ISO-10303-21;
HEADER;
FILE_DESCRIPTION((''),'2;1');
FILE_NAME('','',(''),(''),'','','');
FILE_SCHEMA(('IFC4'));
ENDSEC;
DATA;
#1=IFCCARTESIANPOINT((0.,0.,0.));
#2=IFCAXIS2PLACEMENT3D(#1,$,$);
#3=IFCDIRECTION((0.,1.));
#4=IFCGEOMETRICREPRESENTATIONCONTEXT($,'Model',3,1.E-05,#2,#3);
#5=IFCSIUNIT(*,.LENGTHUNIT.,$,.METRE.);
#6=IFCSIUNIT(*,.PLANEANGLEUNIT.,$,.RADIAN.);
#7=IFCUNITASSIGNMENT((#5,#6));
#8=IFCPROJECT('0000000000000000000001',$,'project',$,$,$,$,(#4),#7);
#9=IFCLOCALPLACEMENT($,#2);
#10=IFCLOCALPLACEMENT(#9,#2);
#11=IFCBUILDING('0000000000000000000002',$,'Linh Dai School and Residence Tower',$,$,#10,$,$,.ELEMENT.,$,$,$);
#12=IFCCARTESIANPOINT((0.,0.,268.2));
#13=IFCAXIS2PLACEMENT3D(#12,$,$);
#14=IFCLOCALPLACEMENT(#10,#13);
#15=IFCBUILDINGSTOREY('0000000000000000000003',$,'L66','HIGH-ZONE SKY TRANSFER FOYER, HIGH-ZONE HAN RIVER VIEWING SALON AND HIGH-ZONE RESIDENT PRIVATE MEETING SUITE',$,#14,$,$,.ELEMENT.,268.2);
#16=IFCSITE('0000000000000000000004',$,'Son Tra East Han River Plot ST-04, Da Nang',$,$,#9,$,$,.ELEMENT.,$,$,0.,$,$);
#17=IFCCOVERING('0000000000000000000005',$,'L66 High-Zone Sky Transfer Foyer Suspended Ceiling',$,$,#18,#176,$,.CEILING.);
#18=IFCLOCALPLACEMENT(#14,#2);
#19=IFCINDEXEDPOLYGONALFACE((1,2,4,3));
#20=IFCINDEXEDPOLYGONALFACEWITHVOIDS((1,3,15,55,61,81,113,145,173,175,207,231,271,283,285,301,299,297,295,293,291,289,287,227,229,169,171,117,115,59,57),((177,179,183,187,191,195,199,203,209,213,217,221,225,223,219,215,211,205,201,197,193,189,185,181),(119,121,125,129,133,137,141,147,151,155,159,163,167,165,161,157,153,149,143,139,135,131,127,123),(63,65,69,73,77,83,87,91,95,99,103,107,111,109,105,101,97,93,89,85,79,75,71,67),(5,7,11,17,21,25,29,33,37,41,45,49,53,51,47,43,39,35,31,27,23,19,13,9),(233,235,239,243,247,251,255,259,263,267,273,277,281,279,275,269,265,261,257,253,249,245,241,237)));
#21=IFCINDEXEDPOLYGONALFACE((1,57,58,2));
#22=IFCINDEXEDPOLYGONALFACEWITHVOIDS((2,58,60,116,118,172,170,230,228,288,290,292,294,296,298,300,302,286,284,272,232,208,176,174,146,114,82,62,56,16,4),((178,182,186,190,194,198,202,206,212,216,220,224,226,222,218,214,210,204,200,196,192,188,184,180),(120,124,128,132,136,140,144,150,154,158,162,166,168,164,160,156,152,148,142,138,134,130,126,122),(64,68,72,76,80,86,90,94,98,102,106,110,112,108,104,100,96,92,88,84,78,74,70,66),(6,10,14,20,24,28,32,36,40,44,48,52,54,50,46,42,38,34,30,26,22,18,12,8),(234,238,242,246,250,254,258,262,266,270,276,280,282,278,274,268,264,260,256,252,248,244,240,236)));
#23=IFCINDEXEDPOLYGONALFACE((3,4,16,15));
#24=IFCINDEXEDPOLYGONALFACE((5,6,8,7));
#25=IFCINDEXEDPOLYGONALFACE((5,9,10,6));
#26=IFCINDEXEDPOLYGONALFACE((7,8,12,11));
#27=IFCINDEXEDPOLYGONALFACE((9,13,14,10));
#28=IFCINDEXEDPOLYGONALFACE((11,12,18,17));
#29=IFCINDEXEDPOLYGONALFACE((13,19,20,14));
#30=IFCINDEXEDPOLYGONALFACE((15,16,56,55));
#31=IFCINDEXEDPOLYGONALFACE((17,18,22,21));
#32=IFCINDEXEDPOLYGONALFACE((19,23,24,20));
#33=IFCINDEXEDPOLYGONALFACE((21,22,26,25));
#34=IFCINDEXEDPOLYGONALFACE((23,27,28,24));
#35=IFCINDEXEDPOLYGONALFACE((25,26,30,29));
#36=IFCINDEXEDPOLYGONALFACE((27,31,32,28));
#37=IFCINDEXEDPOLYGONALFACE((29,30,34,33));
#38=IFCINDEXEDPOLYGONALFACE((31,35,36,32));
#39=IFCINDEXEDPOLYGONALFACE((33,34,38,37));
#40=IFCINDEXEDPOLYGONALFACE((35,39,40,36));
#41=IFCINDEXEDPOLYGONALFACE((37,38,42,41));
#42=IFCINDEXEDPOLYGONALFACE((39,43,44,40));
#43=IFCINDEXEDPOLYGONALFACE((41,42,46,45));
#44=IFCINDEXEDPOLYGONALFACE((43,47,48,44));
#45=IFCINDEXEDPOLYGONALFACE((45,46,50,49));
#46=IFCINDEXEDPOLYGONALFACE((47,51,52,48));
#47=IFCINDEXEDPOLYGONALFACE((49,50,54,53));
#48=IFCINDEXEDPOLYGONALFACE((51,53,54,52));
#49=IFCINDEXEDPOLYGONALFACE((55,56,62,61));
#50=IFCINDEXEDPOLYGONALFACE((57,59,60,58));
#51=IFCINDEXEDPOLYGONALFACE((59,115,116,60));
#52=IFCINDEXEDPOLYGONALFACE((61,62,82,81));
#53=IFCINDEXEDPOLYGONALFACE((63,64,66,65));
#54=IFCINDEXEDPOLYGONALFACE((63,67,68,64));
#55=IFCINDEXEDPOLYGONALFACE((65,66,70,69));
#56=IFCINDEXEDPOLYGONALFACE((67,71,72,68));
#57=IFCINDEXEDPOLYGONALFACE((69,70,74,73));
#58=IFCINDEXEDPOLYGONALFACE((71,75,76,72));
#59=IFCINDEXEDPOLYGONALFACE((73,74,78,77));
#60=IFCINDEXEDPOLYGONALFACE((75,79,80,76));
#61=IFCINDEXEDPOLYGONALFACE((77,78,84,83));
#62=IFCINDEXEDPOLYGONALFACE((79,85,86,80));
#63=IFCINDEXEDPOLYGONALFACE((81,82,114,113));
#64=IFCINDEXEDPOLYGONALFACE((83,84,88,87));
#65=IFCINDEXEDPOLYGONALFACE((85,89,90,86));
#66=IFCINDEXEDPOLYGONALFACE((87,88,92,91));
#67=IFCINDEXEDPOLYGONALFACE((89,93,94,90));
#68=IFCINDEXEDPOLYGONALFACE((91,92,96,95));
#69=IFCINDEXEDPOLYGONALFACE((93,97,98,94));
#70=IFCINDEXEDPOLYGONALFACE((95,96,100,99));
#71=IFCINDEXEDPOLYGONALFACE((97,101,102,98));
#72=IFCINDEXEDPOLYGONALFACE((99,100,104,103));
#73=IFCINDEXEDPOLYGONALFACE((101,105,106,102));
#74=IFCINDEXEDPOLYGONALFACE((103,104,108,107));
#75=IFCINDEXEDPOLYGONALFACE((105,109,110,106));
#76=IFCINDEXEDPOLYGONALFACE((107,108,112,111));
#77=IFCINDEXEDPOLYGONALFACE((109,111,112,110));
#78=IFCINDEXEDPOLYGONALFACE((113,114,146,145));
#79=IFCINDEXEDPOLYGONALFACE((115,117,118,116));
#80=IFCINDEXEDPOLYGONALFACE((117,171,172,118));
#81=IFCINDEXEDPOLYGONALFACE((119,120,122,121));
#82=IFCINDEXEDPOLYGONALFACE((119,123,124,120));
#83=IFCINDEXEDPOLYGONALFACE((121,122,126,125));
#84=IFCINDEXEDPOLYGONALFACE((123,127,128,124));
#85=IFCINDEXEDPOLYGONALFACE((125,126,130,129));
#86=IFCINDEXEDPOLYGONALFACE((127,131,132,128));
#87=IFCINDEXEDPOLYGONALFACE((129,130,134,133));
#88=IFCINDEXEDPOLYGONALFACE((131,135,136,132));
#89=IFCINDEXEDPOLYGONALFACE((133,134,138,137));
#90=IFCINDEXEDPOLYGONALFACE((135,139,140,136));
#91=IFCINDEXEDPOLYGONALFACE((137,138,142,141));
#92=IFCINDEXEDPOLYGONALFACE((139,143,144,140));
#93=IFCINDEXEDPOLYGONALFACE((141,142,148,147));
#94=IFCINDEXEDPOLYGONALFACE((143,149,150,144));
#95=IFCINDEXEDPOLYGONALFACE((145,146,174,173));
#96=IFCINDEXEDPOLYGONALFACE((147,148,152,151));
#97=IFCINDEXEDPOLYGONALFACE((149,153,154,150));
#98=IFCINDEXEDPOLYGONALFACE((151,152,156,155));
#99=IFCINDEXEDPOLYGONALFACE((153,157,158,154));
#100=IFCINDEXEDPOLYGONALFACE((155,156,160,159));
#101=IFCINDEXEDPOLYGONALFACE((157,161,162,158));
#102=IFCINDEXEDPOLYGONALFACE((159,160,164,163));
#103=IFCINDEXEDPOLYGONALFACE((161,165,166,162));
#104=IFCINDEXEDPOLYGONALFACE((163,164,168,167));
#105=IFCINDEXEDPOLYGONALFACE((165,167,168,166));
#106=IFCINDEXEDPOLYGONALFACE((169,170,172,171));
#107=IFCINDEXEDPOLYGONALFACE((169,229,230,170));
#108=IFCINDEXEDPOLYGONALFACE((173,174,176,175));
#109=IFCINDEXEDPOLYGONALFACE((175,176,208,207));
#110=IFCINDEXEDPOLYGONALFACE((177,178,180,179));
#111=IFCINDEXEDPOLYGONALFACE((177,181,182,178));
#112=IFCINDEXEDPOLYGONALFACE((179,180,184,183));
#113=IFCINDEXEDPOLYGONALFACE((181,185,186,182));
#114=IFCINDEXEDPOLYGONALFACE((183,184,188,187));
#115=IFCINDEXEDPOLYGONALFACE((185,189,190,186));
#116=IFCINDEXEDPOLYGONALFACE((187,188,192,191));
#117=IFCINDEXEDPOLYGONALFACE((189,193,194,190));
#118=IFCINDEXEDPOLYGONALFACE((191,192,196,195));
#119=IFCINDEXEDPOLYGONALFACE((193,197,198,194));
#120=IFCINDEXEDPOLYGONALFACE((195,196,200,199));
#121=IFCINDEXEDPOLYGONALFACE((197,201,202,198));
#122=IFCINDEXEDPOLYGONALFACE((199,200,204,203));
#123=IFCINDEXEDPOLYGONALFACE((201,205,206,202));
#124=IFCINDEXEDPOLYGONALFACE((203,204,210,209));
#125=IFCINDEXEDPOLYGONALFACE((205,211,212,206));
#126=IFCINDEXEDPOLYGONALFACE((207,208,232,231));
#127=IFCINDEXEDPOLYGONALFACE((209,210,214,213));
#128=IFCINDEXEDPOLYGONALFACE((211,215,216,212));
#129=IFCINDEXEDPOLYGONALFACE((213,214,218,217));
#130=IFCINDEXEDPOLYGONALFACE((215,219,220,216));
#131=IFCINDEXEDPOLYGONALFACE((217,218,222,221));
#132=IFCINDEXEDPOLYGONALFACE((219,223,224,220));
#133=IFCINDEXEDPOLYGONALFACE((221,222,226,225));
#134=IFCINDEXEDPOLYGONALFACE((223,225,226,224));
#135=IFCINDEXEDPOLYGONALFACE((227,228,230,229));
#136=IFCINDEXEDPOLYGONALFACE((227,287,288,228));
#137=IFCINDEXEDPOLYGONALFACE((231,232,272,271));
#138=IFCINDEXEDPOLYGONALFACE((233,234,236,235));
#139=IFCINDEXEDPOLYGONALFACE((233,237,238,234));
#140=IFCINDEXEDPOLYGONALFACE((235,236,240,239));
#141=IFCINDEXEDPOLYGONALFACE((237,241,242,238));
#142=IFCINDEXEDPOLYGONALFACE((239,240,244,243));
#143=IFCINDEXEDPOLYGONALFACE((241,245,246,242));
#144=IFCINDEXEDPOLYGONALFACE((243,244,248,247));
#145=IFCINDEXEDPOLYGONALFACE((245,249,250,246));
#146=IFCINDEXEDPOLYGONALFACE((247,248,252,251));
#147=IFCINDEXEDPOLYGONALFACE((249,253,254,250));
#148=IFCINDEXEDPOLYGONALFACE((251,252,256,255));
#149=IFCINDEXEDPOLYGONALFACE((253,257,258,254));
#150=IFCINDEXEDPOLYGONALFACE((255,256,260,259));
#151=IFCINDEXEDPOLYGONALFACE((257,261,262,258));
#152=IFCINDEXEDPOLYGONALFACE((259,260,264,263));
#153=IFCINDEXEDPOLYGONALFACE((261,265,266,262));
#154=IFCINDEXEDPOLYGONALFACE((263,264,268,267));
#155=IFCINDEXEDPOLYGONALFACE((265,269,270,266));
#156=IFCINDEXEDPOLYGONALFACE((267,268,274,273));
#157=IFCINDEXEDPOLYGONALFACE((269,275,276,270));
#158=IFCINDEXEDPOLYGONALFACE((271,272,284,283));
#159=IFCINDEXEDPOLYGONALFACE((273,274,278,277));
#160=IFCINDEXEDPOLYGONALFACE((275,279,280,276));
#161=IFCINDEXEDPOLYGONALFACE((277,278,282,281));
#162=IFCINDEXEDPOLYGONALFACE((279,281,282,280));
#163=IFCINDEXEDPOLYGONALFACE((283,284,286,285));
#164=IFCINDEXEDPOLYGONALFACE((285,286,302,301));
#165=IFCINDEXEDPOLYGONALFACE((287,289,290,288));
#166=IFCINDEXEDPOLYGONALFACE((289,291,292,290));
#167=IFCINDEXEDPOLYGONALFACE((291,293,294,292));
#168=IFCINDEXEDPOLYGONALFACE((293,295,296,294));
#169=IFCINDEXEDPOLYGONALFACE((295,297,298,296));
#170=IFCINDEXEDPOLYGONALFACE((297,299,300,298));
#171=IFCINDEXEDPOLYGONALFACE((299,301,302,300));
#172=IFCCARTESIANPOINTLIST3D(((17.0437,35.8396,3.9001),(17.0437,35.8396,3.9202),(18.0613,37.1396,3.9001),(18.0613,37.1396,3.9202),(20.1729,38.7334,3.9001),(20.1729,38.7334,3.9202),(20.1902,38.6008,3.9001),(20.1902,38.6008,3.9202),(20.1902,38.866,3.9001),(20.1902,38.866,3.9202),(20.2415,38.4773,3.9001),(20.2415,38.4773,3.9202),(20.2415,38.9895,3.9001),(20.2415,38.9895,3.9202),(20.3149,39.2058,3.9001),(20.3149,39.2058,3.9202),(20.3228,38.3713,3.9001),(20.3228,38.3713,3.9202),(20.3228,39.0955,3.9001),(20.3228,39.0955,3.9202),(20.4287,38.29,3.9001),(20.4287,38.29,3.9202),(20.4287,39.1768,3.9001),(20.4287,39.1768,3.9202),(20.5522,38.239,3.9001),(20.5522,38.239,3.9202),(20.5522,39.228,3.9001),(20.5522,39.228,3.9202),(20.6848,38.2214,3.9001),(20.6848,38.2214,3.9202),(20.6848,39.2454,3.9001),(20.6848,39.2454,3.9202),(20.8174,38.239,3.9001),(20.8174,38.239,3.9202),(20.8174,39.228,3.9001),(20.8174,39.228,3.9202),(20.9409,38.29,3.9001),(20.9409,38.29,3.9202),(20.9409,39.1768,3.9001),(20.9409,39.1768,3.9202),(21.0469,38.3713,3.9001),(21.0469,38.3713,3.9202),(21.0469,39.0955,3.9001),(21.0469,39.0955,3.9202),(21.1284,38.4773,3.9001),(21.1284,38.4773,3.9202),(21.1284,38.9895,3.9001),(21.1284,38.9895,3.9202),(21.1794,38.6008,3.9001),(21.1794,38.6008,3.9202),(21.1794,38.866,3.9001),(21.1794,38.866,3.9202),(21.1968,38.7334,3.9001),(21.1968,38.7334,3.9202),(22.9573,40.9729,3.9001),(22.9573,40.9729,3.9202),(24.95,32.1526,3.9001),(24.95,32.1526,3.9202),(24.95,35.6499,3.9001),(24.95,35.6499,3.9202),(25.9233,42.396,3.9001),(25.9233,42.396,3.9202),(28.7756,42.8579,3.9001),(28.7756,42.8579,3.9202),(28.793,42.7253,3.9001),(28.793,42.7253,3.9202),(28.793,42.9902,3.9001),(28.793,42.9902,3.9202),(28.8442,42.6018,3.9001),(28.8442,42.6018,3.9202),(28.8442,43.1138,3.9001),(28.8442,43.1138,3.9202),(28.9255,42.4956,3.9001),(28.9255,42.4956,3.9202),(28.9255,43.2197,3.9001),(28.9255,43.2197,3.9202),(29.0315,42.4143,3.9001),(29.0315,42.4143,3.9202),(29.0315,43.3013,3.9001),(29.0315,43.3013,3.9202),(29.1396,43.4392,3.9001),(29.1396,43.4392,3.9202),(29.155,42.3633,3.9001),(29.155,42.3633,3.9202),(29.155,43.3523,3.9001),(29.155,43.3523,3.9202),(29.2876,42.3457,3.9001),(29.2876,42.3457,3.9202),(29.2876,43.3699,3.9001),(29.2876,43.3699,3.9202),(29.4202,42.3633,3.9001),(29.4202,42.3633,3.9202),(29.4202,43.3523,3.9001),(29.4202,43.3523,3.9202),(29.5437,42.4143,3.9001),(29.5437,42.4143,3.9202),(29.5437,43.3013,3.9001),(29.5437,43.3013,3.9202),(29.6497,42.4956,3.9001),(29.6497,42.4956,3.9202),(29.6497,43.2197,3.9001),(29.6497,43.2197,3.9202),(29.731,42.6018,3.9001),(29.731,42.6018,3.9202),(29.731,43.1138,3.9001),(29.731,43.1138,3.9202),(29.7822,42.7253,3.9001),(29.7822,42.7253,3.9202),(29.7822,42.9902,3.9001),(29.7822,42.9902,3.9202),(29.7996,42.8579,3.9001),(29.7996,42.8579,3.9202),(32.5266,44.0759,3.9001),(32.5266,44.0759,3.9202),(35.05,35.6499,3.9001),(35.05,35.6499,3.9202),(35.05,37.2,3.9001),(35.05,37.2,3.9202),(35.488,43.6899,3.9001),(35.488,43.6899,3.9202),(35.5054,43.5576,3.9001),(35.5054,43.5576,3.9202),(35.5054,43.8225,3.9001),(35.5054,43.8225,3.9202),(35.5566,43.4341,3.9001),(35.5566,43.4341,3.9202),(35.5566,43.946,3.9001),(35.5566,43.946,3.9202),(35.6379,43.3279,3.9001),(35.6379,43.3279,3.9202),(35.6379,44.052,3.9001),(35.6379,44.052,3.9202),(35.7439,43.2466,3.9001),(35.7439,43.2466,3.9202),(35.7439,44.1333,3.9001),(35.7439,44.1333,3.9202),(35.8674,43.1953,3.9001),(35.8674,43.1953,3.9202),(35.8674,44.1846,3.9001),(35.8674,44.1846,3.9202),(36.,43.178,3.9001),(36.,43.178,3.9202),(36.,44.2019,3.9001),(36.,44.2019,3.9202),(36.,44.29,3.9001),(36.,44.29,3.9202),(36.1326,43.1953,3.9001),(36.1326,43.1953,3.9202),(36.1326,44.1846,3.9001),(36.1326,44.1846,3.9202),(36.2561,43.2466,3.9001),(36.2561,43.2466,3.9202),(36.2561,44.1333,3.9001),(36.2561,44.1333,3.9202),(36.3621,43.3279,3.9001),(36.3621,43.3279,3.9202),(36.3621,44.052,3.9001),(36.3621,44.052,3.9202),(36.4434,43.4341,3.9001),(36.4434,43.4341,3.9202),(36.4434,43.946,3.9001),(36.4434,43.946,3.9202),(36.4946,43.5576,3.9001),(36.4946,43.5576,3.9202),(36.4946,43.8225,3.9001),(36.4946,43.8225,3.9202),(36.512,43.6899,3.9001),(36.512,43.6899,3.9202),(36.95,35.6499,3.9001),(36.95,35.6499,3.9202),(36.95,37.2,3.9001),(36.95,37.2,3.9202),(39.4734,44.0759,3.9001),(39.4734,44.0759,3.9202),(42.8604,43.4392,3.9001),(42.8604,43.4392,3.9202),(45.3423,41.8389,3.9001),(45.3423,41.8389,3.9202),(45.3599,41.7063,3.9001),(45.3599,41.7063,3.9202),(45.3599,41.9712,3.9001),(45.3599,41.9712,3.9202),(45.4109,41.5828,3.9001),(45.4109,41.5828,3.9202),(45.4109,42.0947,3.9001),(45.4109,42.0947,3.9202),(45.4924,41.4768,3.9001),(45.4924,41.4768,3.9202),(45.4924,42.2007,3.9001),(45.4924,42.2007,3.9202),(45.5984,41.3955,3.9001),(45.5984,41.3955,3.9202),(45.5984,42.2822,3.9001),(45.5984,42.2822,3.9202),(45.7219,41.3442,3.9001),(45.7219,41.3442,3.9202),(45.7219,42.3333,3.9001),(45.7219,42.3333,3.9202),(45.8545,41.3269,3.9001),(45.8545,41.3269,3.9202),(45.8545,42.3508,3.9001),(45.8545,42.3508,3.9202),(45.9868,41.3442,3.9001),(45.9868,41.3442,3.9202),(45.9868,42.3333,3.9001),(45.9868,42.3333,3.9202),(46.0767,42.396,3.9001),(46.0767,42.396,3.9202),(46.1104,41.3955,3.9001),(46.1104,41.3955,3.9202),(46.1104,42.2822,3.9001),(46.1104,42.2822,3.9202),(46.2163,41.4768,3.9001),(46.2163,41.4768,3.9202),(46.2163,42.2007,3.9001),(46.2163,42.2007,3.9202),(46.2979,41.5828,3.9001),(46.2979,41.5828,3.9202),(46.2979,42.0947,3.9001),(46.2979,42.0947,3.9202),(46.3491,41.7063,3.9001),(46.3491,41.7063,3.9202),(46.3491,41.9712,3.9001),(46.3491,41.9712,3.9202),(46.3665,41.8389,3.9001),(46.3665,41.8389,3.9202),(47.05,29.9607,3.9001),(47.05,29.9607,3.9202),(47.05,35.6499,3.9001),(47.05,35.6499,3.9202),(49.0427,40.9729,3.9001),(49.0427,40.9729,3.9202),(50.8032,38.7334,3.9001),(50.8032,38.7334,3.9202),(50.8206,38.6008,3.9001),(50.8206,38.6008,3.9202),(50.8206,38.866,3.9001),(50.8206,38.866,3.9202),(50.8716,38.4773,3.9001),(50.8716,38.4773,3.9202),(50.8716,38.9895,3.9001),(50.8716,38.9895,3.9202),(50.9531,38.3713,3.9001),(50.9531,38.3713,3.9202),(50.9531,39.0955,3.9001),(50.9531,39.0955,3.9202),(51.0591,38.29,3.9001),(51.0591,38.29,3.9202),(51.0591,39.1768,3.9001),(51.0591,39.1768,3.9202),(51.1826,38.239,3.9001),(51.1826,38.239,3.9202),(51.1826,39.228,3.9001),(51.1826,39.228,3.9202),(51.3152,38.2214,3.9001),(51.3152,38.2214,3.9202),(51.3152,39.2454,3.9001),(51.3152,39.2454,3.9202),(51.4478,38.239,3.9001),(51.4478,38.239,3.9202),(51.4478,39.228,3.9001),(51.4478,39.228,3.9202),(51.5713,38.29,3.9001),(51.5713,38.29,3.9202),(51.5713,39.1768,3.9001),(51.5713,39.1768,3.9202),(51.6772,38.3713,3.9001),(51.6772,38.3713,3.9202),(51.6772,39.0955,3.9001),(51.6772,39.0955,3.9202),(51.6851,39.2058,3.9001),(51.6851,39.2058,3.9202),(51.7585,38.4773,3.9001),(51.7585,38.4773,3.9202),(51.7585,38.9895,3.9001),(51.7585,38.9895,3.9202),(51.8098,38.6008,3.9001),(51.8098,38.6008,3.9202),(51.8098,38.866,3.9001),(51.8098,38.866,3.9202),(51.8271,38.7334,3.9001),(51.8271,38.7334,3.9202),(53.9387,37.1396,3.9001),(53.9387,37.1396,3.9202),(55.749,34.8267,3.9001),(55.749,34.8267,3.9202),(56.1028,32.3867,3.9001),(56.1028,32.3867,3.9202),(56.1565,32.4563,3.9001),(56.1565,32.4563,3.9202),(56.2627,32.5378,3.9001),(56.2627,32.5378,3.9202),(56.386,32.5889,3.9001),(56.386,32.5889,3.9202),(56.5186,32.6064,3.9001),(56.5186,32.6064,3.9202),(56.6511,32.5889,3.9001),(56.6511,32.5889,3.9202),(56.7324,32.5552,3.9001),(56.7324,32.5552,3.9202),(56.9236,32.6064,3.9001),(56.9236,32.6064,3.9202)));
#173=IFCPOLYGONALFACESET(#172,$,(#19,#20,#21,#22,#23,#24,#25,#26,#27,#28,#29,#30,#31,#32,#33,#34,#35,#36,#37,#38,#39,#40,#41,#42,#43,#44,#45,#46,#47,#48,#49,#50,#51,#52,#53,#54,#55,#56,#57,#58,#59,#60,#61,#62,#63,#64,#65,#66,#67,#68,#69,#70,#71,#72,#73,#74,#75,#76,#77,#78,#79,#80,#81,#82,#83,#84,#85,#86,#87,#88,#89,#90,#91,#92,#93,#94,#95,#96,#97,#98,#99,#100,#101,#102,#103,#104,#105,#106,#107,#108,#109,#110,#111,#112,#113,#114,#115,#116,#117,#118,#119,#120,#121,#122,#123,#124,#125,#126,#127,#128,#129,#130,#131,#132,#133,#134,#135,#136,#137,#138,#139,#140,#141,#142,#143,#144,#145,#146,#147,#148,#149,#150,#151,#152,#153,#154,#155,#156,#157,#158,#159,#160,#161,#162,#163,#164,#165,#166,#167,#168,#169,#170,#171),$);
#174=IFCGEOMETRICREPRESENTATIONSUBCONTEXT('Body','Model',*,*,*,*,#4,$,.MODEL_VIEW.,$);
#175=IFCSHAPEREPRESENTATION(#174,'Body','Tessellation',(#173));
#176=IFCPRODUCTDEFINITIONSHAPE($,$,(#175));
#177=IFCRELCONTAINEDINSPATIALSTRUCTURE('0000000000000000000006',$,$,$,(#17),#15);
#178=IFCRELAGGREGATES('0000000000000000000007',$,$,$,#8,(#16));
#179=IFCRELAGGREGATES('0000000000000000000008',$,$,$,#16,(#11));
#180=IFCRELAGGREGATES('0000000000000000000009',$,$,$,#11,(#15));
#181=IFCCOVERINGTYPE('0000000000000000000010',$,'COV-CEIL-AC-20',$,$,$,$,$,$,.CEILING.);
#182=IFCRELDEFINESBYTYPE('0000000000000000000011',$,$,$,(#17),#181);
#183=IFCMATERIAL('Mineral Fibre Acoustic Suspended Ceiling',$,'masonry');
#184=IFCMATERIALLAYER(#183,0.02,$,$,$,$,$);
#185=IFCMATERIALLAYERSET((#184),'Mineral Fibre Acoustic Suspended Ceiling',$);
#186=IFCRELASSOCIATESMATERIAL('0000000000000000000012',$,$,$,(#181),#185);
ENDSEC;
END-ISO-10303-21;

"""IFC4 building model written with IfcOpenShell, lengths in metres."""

from ifc_helpers import new_model, si_unit, direction, frame, origin, place, context, subcontext, project, spatial, polyline, outline, extrude, material, layer, layer_set, type_object, element, save


model = new_model("IFC4")

# Units and contexts
model_context = context("Model", 3, precision=1e-05, world=origin(), true_north=direction((0.0, 1.0)))
body_context = subcontext(model_context, "Body", "Model", "MODEL_VIEW")
ifc_project = project(units=[si_unit("LENGTHUNIT", "METRE"), si_unit("PLANEANGLEUNIT", "RADIAN")], contexts=[model_context])

# Site, building, storey
site_placement = place(None, origin())
site = spatial("IfcSite", under=ifc_project, at=site_placement, Name="Son Tra East Han River Plot ST-04, Da Nang", CompositionType="ELEMENT", RefElevation=0.0)
building_placement = place(site_placement, origin())
building = spatial("IfcBuilding", under=site, at=building_placement, Name="Linh Dai School and Residence Tower", CompositionType="ELEMENT")
storey_placement = place(building_placement, frame((0.0, 0.0, 268.2)))
storey = spatial("IfcBuildingStorey", under=building, at=storey_placement, Name="L66", Description="HIGH-ZONE SKY TRANSFER FOYER, HIGH-ZONE HAN RIVER VIEWING SALON AND HIGH-ZONE RESIDENT PRIVATE MEETING SUITE", CompositionType="ELEMENT", Elevation=268.2)

# Covering
ifc_material_1 = material(Name="Mineral Fibre Acoustic Suspended Ceiling", Category="masonry")
ifc_layer_1 = layer(ifc_material_1, 0.02)
ifc_layer_set_1 = layer_set([ifc_layer_1], Name="Mineral Fibre Acoustic Suspended Ceiling")
covering_type_1 = type_object("IfcCoveringType", Name="COV-CEIL-AC-20", PredefinedType="CEILING", material=ifc_layer_set_1)
covering_1_placement = place(storey_placement, frame((0.0, 0.0, 3.9001)))
element("IfcCovering", 1, at=covering_1_placement, inside=storey, type_object=covering_type_1, Name="L66 High-Zone Sky Transfer Foyer Suspended Ceiling", PredefinedType="CEILING", context=body_context, shape_type="SweptSolid", body=[
    extrude(outline(polyline([(20.3149, 39.2058), (22.9573, 40.9729), (25.9233, 42.396), (29.1396, 43.4392), (32.5266, 44.0759), (36.0, 44.29), (39.4734, 44.0759), (42.8604, 43.4392), (46.0767, 42.396), (49.0427, 40.9729), (51.6851, 39.2058), (53.9387, 37.1396), (55.749, 34.8267), (56.9236, 32.6064), (56.7324, 32.5552), (56.6511, 32.5889), (56.5186, 32.6064), (56.386, 32.5889), (56.2627, 32.5378), (56.1565, 32.4563), (56.1028, 32.3867), (47.05, 29.9607), (47.05, 35.6499), (36.95, 35.6499), (36.95, 37.2), (35.05, 37.2), (35.05, 35.6499), (24.95, 35.6499), (24.95, 32.1526), (17.0437, 35.8396), (18.0613, 37.1396), (20.3149, 39.2058)]), holes=[polyline([(51.7585, 38.4773), (51.8098, 38.6008), (51.8271, 38.7334), (51.8098, 38.866), (51.7585, 38.9895), (51.6772, 39.0955), (51.5713, 39.1768), (51.4478, 39.228), (51.3152, 39.2454), (51.1826, 39.228), (51.0591, 39.1768), (50.9531, 39.0955), (50.8716, 38.9895), (50.8206, 38.866), (50.8032, 38.7334), (50.8206, 38.6008), (50.8716, 38.4773), (50.9531, 38.3713), (51.0591, 38.29), (51.1826, 38.239), (51.3152, 38.2214), (51.4478, 38.239), (51.5713, 38.29), (51.6772, 38.3713), (51.7585, 38.4773)]), polyline([(46.2163, 41.4768), (46.2979, 41.5828), (46.3491, 41.7063), (46.3665, 41.8389), (46.3491, 41.9712), (46.2979, 42.0947), (46.2163, 42.2007), (46.1104, 42.2822), (45.9868, 42.3333), (45.8545, 42.3508), (45.7219, 42.3333), (45.5984, 42.2822), (45.4924, 42.2007), (45.4109, 42.0947), (45.3599, 41.9712), (45.3423, 41.8389), (45.3599, 41.7063), (45.4109, 41.5828), (45.4924, 41.4768), (45.5984, 41.3955), (45.7219, 41.3442), (45.8545, 41.3269), (45.9868, 41.3442), (46.1104, 41.3955), (46.2163, 41.4768)]), polyline([(36.3621, 43.3279), (36.4434, 43.4341), (36.4946, 43.5576), (36.512, 43.6899), (36.4946, 43.8225), (36.4434, 43.946), (36.3621, 44.052), (36.2561, 44.1333), (36.1326, 44.1846), (36.0, 44.2019), (35.8674, 44.1846), (35.7439, 44.1333), (35.6379, 44.052), (35.5566, 43.946), (35.5054, 43.8225), (35.488, 43.6899), (35.5054, 43.5576), (35.5566, 43.4341), (35.6379, 43.3279), (35.7439, 43.2466), (35.8674, 43.1953), (36.0, 43.178), (36.1326, 43.1953), (36.2561, 43.2466), (36.3621, 43.3279)]), polyline([(29.6497, 42.4956), (29.731, 42.6018), (29.7822, 42.7253), (29.7996, 42.8579), (29.7822, 42.9902), (29.731, 43.1138), (29.6497, 43.2197), (29.5437, 43.3013), (29.4202, 43.3523), (29.2876, 43.3699), (29.155, 43.3523), (29.0315, 43.3013), (28.9255, 43.2197), (28.8442, 43.1138), (28.793, 42.9902), (28.7756, 42.8579), (28.793, 42.7253), (28.8442, 42.6018), (28.9255, 42.4956), (29.0315, 42.4143), (29.155, 42.3633), (29.2876, 42.3457), (29.4202, 42.3633), (29.5437, 42.4143), (29.6497, 42.4956)]), polyline([(21.0469, 38.3713), (21.1284, 38.4773), (21.1794, 38.6008), (21.1968, 38.7334), (21.1794, 38.866), (21.1284, 38.9895), (21.0469, 39.0955), (20.9409, 39.1768), (20.8174, 39.228), (20.6848, 39.2454), (20.5522, 39.228), (20.4287, 39.1768), (20.3228, 39.0955), (20.2415, 38.9895), (20.1902, 38.866), (20.1729, 38.7334), (20.1902, 38.6008), (20.2415, 38.4773), (20.3228, 38.3713), (20.4287, 38.29), (20.5522, 38.239), (20.6848, 38.2214), (20.8174, 38.239), (20.9409, 38.29), (21.0469, 38.3713)])]), origin(), (0.0, 0.0, 1.0), 0.02),
])

save(model, "model.ifc")
